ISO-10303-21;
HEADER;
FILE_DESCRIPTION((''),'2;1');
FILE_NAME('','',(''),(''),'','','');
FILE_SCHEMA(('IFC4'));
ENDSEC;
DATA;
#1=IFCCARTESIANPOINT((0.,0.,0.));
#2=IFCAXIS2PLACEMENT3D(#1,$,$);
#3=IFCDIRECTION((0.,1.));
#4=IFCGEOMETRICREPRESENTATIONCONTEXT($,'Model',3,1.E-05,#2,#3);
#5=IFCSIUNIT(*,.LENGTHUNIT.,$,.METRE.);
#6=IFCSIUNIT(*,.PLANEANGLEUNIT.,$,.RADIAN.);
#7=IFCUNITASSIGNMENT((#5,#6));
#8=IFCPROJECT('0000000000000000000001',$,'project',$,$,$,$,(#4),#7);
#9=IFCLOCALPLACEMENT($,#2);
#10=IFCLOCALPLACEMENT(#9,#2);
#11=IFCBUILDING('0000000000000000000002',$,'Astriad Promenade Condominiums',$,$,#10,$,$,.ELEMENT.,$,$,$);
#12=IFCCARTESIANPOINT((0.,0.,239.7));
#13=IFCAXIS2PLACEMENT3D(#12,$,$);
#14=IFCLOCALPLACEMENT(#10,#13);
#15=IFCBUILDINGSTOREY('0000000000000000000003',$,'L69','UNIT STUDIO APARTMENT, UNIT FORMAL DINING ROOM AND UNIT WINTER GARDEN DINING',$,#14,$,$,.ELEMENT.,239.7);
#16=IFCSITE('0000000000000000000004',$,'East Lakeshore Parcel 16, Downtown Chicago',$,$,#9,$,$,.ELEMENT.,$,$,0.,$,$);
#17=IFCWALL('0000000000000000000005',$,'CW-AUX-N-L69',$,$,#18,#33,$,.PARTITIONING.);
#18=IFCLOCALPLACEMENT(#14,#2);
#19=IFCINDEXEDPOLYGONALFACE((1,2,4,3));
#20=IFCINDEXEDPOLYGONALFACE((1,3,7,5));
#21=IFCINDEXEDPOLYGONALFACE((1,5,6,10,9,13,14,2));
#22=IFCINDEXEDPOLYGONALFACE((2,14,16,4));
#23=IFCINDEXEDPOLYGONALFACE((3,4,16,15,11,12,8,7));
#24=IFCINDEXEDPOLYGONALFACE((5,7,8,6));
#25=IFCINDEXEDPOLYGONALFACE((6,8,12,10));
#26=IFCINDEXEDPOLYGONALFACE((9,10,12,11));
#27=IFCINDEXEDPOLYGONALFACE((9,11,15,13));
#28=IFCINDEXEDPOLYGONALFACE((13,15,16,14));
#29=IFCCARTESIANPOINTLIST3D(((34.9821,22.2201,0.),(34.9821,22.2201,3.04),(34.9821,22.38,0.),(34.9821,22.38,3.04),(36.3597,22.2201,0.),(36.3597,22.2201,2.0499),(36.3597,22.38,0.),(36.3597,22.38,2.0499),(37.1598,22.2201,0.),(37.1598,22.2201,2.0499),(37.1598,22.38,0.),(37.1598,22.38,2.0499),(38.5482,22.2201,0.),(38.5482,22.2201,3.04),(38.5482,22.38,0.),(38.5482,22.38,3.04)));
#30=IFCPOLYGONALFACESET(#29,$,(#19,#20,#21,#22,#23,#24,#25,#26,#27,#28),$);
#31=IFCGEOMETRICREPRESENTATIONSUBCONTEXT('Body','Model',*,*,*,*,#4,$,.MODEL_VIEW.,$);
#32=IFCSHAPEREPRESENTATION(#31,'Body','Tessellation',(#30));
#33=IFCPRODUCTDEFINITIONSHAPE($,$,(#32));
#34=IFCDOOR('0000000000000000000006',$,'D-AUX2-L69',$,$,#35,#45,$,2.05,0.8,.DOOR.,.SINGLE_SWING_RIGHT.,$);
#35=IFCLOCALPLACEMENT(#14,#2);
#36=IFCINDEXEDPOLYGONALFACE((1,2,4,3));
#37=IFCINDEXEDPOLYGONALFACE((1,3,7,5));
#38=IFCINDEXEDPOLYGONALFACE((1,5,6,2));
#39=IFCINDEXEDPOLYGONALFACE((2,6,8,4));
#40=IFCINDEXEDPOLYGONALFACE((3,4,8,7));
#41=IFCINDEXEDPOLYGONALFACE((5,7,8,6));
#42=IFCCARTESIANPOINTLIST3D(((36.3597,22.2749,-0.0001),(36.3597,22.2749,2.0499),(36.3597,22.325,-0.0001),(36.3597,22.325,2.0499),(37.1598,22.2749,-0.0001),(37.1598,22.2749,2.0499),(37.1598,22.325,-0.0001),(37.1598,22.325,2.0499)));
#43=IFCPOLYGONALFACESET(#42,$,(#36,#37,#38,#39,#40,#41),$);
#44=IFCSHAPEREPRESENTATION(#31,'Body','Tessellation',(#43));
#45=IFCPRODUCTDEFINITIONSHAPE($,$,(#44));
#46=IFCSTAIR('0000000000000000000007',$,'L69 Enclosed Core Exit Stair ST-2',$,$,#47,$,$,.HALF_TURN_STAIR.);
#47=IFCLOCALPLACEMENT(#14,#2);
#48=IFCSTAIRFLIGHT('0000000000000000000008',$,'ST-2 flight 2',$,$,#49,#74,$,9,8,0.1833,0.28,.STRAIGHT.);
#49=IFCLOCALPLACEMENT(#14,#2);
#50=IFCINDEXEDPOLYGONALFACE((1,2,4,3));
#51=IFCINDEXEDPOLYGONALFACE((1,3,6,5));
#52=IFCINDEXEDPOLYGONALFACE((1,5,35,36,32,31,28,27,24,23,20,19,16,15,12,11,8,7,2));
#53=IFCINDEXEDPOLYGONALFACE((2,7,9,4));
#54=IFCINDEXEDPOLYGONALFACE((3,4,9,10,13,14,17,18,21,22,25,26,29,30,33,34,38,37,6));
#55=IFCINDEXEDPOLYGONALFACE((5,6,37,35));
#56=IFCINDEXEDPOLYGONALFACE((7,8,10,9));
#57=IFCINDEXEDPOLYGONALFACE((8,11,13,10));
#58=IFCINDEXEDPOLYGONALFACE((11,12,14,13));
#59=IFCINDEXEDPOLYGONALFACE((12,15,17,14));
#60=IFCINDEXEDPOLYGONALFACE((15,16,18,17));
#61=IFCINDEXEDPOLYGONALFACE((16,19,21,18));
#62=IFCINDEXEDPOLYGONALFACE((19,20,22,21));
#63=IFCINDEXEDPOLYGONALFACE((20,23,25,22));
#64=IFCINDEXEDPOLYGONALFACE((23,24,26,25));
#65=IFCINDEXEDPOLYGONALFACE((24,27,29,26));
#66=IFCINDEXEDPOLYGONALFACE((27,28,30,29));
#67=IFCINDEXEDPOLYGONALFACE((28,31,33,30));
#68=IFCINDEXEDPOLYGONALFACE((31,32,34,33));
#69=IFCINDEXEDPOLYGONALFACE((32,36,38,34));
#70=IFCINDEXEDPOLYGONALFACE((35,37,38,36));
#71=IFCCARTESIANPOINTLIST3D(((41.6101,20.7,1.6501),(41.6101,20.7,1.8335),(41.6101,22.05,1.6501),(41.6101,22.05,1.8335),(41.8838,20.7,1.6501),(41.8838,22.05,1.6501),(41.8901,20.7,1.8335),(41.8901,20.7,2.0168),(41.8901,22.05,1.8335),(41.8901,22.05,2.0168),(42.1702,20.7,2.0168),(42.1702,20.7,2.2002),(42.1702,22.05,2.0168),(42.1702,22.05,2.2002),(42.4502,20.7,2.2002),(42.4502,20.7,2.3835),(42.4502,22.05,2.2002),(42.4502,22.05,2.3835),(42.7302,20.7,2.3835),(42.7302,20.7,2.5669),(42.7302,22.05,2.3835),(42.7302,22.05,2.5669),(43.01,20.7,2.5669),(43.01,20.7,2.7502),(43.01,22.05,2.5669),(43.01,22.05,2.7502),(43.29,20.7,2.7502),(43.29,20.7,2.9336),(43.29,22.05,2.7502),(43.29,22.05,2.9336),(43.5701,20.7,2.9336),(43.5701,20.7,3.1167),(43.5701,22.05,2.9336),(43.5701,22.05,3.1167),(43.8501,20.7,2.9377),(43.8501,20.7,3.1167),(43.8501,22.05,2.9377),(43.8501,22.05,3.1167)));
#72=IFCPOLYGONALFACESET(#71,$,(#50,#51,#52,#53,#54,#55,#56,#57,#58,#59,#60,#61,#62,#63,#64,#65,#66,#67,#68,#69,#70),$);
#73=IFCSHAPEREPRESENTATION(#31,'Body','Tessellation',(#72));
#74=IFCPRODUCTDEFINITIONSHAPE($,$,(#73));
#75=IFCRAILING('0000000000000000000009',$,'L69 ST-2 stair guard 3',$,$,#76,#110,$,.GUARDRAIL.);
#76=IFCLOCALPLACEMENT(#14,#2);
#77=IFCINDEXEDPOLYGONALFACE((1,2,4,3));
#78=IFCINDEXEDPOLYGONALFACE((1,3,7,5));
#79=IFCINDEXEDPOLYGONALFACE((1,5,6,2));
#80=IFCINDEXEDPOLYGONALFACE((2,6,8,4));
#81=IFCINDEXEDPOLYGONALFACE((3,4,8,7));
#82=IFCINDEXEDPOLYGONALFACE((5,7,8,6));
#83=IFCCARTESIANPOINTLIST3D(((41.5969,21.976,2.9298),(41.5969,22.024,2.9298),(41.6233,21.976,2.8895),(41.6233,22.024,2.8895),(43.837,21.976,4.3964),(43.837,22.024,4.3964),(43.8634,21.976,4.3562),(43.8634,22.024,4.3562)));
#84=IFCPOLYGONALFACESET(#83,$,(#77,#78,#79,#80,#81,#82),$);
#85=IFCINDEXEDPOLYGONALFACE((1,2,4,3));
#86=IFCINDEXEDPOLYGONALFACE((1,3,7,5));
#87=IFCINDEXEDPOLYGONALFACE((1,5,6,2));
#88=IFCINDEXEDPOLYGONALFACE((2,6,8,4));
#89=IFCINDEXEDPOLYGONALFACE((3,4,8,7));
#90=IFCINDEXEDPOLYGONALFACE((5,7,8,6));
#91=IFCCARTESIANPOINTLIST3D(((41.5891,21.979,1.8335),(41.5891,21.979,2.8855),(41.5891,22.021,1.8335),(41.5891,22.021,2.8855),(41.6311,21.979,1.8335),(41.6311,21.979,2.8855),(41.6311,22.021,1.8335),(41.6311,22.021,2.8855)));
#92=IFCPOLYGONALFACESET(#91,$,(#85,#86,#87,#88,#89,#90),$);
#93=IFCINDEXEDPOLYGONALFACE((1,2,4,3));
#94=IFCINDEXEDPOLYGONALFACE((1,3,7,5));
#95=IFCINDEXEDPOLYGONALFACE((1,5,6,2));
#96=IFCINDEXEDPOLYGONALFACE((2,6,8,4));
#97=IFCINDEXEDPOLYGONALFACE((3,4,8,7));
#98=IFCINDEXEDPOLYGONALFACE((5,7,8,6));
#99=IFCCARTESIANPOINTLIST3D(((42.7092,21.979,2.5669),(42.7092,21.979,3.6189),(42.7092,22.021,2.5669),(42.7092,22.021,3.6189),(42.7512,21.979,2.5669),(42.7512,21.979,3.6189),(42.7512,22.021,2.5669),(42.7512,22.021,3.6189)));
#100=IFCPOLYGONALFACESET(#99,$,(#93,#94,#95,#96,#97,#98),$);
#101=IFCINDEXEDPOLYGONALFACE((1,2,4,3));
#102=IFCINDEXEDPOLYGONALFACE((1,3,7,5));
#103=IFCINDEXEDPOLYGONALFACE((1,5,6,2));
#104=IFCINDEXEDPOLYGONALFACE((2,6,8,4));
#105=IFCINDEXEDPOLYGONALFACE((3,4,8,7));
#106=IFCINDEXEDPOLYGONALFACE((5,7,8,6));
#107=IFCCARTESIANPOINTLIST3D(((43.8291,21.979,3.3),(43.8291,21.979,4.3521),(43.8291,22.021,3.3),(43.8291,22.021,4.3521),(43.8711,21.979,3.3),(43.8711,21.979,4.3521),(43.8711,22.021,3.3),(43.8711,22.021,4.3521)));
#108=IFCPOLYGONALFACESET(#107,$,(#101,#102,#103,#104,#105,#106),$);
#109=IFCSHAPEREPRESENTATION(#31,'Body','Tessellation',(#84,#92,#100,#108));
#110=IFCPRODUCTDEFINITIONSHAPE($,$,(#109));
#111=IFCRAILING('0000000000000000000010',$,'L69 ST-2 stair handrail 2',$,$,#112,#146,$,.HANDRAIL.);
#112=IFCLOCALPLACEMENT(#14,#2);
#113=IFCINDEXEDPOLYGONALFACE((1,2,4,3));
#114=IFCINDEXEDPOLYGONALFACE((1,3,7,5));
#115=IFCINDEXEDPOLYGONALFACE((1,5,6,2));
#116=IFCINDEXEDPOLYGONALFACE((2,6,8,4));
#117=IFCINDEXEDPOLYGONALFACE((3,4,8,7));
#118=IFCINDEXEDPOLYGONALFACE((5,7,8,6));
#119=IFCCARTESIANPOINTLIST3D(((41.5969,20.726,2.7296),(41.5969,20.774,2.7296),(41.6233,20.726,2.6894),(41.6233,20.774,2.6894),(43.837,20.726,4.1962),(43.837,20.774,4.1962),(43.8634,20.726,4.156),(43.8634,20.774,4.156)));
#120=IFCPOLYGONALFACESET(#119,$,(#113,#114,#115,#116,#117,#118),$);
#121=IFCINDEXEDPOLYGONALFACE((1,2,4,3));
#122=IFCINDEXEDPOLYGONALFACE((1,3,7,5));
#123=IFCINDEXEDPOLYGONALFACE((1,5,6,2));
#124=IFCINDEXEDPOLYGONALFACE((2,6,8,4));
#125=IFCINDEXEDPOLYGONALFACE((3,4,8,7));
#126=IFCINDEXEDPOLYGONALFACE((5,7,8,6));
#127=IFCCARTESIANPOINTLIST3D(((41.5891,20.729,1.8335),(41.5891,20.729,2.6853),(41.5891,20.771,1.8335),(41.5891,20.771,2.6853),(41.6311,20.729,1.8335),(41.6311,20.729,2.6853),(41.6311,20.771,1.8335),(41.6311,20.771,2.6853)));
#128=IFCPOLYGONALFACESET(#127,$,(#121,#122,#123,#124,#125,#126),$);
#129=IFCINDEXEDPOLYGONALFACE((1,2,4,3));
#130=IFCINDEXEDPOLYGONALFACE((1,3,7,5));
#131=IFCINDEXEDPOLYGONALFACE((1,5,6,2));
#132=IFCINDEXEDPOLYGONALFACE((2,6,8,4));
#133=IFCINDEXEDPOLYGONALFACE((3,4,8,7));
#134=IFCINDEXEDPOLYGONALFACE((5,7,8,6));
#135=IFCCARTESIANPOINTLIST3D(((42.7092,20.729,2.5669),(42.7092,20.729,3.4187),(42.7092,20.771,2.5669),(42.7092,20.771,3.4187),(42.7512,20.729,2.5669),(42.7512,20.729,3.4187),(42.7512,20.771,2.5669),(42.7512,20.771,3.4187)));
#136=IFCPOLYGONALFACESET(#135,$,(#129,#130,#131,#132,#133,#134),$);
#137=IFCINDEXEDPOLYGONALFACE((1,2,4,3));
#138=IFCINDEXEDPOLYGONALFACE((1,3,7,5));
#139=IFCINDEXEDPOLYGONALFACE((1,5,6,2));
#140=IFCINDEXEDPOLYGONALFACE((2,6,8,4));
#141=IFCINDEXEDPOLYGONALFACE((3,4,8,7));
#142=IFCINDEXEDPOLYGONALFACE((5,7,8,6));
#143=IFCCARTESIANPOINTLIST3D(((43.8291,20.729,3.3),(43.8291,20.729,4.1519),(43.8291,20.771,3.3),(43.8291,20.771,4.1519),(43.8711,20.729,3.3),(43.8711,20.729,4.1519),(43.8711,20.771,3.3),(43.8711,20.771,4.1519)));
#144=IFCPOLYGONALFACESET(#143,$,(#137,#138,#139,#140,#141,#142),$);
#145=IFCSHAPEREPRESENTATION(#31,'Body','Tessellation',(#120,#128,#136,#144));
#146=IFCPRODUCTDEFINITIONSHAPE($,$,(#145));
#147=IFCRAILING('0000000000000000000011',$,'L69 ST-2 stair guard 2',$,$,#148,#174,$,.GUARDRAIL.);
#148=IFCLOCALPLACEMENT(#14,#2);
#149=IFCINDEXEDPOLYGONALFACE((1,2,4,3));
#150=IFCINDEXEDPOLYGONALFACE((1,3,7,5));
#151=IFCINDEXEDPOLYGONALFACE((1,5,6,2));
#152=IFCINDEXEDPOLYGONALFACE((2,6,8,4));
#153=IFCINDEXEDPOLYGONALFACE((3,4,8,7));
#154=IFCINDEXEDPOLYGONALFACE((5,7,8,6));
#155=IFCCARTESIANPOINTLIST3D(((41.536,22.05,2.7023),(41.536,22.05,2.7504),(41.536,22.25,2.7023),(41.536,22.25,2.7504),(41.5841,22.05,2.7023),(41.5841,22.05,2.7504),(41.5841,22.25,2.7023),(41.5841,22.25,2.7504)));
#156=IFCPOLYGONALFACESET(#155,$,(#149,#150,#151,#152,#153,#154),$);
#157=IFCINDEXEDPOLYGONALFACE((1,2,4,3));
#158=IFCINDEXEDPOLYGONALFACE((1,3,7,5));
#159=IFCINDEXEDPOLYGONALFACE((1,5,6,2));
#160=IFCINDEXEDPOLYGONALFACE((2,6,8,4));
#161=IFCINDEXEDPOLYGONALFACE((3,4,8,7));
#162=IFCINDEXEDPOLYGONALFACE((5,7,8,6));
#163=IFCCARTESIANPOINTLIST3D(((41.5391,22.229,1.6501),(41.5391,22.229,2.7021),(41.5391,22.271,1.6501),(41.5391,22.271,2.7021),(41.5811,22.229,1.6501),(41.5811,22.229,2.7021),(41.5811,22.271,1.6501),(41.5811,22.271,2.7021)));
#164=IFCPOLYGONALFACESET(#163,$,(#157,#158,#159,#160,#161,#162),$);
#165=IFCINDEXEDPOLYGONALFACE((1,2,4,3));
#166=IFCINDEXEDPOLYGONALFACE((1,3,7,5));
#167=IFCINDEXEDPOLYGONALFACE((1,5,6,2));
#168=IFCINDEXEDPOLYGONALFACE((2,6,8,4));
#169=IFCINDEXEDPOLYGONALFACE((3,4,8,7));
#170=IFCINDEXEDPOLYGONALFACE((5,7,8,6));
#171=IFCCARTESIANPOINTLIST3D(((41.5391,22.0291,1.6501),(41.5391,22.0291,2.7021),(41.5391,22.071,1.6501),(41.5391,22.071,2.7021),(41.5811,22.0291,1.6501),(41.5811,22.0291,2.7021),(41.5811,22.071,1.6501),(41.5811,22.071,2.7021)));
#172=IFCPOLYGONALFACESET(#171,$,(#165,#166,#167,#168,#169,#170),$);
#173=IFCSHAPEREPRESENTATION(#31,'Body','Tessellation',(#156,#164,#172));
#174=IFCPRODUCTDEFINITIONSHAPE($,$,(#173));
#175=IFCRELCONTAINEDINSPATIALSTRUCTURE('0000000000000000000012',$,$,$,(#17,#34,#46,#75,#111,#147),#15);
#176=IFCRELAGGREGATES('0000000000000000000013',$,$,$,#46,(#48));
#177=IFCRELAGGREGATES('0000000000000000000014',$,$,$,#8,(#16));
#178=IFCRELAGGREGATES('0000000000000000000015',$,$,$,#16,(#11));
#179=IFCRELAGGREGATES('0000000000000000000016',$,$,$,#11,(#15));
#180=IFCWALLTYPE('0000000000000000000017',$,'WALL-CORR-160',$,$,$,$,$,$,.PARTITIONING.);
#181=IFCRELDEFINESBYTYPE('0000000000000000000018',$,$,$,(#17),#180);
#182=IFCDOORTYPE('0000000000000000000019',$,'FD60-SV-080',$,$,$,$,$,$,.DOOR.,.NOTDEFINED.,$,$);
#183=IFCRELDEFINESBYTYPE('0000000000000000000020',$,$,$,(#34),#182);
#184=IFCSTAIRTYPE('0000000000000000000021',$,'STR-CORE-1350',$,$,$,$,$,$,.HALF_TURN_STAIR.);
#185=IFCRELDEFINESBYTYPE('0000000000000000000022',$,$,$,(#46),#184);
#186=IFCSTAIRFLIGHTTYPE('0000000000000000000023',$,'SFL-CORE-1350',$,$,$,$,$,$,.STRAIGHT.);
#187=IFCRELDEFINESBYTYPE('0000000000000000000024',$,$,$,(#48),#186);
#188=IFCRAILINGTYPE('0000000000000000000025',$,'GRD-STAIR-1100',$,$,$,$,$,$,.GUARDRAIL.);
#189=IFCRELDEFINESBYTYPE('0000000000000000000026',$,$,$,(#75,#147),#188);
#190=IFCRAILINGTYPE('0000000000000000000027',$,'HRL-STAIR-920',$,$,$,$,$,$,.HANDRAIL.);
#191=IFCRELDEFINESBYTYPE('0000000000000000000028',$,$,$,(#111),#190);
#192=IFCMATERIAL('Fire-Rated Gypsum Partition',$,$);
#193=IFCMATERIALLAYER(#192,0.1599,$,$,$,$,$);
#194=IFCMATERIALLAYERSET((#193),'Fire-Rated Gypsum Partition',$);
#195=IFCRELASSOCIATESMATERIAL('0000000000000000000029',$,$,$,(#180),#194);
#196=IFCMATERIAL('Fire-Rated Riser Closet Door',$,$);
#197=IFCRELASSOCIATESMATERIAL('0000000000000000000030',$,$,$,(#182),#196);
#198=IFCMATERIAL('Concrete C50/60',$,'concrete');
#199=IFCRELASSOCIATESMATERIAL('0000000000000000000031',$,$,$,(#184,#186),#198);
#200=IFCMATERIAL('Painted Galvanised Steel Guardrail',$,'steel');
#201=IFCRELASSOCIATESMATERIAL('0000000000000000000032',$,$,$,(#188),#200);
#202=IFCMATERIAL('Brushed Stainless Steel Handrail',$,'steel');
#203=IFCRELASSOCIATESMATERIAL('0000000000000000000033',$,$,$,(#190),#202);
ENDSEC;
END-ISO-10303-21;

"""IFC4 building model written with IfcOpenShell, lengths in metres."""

from ifc_helpers import new_model, si_unit, direction, frame, frame_2d, origin, origin_2d, place, context, subcontext, project, spatial, polyline, rectangle, outline, extrude, source, transform, mapped, material, layer, layer_set, type_object, type_shapes, element, fill, aggregate, save


model = new_model("IFC4")

# Units and contexts
model_context = context("Model", 3, precision=1e-05, world=origin(), true_north=direction((0.0, 1.0)))
body_context = subcontext(model_context, "Body", "Model", "MODEL_VIEW")
ifc_project = project(units=[si_unit("LENGTHUNIT", "METRE"), si_unit("PLANEANGLEUNIT", "RADIAN")], contexts=[model_context])

# Site, building, storey
site_placement = place(None, origin())
site = spatial("IfcSite", under=ifc_project, at=site_placement, Name="East Lakeshore Parcel 16, Downtown Chicago", CompositionType="ELEMENT", RefElevation=0.0)
building_placement = place(site_placement, origin())
building = spatial("IfcBuilding", under=site, at=building_placement, Name="Astriad Promenade Condominiums", CompositionType="ELEMENT")
storey_placement = place(building_placement, frame((0.0, 0.0, 239.7)))
storey = spatial("IfcBuildingStorey", under=building, at=storey_placement, Name="L69", Description="UNIT STUDIO APARTMENT, UNIT FORMAL DINING ROOM AND UNIT WINTER GARDEN DINING", CompositionType="ELEMENT", Elevation=239.7)

# Shared definitions
ifc_material_1 = material(Name="Concrete C50/60", Category="concrete")

# Shared definitions
ifc_material_2 = material(Name="Fire-Rated Gypsum Partition")
ifc_layer_1 = layer(ifc_material_2, 0.1599)
ifc_layer_set_1 = layer_set([ifc_layer_1], Name="Fire-Rated Gypsum Partition")
wall_type_1 = type_object("IfcWallType", Name="WALL-CORR-160", PredefinedType="PARTITIONING", material=ifc_layer_set_1)

# Wall, opening, door
ifc_material_3 = material(Name="Fire-Rated Riser Closet Door")
door_type_1 = type_object("IfcDoorType", Name="FD60-SV-080", OperationType="NOTDEFINED", PredefinedType="DOOR", material=ifc_material_3)
shared_shape_1 = source(origin(), body_context, "Body", "SweptSolid", [
    extrude(rectangle(XDim=0.8, YDim=2.05, at=frame_2d((0.3999, 1.0249))), frame((0.0, 0.0249, 0.0), z_axis=(0.0, -1.0, 0.0), x_axis=(1.0, 0.0, 0.0)), (0.0, 0.0, 1.0), 0.05),
])
type_shapes(door_type_1, [shared_shape_1])
wall_1_placement = place(storey_placement, frame((34.9819, 22.3, 0.0), z_axis=(0.0, 0.0, 1.0), x_axis=(1.0, 0.0, 0.0)))
wall_1 = element("IfcWall", 1, at=wall_1_placement, inside=storey, type_object=wall_type_1, Name="CW-AUX-N-L69", PredefinedType="PARTITIONING", context=body_context, shape_type="SweptSolid", body=[
    extrude(rectangle(XDim=3.5662, YDim=0.1599, at=frame_2d((1.7832, 0.0))), origin(), (0.0, 0.0, 1.0), 3.04),
])
opening_1_placement = place(wall_1_placement, frame((1.3779, 0.0, 0.0)))
opening_1 = element("IfcOpeningElement", 2, at=opening_1_placement, cuts=wall_1, PredefinedType="OPENING", context=body_context, shape_type="SweptSolid", body=[
    extrude(rectangle(XDim=0.8, YDim=2.05, at=frame_2d((0.3999, 1.0249))), frame((0.0, 0.0898, 0.0), z_axis=(0.0, -1.0, 0.0), x_axis=(1.0, 0.0, 0.0)), (0.0, 0.0, 1.0), 0.1799),
])
door_1_placement = place(opening_1_placement, origin())
door_1 = element("IfcDoor", 3, at=door_1_placement, inside=storey, type_object=door_type_1, Name="D-AUX2-L69", OperationType="SINGLE_SWING_RIGHT", OverallHeight=2.05, OverallWidth=0.8, PredefinedType="DOOR", context=body_context, shape_type="MappedRepresentation", body=[
    mapped(shared_shape_1, transform((0.0, 0.0, 0.0), scale=1.0)),
])
fill(opening_1, door_1)

# Stair, stair flight
stair_type = type_object("IfcStairType", Name="STR-CORE-1350", PredefinedType="HALF_TURN_STAIR", material=ifc_material_1)
stair_placement = place(storey_placement, origin())
stair = element("IfcStair", 4, at=stair_placement, inside=storey, type_object=stair_type, Name="L69 Enclosed Core Exit Stair ST-2", PredefinedType="HALF_TURN_STAIR")
stair_flight_type = type_object("IfcStairFlightType", Name="SFL-CORE-1350", PredefinedType="STRAIGHT", material=ifc_material_1)
shared_shape_2 = source(origin(), body_context, "Body", "SweptSolid", [
    extrude(outline(polyline([(0.0, 0.0), (0.0, 0.1833), (0.28, 0.1833), (0.28, 0.3667), (0.5601, 0.3667), (0.5601, 0.55), (0.8401, 0.55), (0.8401, 0.7334), (1.1201, 0.7334), (1.1201, 0.9167), (1.3999, 0.9167), (1.3999, 1.1001), (1.6799, 1.1001), (1.6799, 1.2834), (1.96, 1.2834), (1.96, 1.4666), (2.24, 1.4666), (2.24, 1.6499), (2.24, 1.2876), (0.2737, 0.0), (0.0, 0.0)])), frame((0.0, 0.675, 0.0), z_axis=(0.0, -1.0, 0.0), x_axis=(1.0, 0.0, 0.0)), (0.0, 0.0, 1.0), 1.3501),
])
type_shapes(stair_flight_type, [shared_shape_2])
stair_flight_placement = place(storey_placement, frame((41.6101, 21.375, 1.6501), z_axis=(0.0, 0.0, 1.0), x_axis=(1.0, 0.0, 0.0)))
stair_flight = element("IfcStairFlight", 5, at=stair_flight_placement, type_object=stair_flight_type, Name="ST-2 flight 2", NumberOfRisers=9, NumberOfTreads=8, PredefinedType="STRAIGHT", RiserHeight=0.1833, TreadLength=0.28, context=body_context, shape_type="MappedRepresentation", body=[
    mapped(shared_shape_2, transform((0.0, 0.0, 0.0), scale=1.0)),
])
aggregate(stair, [stair_flight])

# Railings
ifc_material_4 = material(Name="Painted Galvanised Steel Guardrail", Category="steel")
railing_type_1 = type_object("IfcRailingType", Name="GRD-STAIR-1100", PredefinedType="GUARDRAIL", material=ifc_material_4)
shared_shape_3 = source(origin(), body_context, "Body", "SweptSolid", [
    extrude(rectangle(XDim=0.0481, YDim=0.0481, at=origin_2d()), frame((0.0, 0.0, 1.0762), z_axis=(0.836637, 0.0, 0.547758), x_axis=(0.0, 1.0, 0.0)), (0.0, 0.0, 1.0), 2.6775),
    extrude(rectangle(XDim=0.042, YDim=0.042, at=origin_2d()), origin(), (0.0, 0.0, 1.0), 1.052),
    extrude(rectangle(XDim=0.042, YDim=0.042, at=origin_2d()), frame((1.1201, 0.0, 0.7334)), (0.0, 0.0, 1.0), 1.052),
    extrude(rectangle(XDim=0.042, YDim=0.042, at=origin_2d()), frame((2.24, 0.0, 1.4666)), (0.0, 0.0, 1.0), 1.052),
])
railing_1_placement = place(storey_placement, frame((41.6101, 22.0, 1.8335)))
element("IfcRailing", 6, at=railing_1_placement, inside=storey, type_object=railing_type_1, Name="L69 ST-2 stair guard 3", PredefinedType="GUARDRAIL", context=body_context, shape_type="MappedRepresentation", body=[
    mapped(shared_shape_3, transform((0.0, 0.0, 0.0), scale=1.0)),
])
ifc_material_5 = material(Name="Brushed Stainless Steel Handrail", Category="steel")
railing_type_2 = type_object("IfcRailingType", Name="HRL-STAIR-920", PredefinedType="HANDRAIL", material=ifc_material_5)
shared_shape_4 = source(origin(), body_context, "Body", "SweptSolid", [
    extrude(rectangle(XDim=0.0481, YDim=0.0481, at=origin_2d()), frame((0.0, 0.0, 0.876), z_axis=(0.836637, 0.0, 0.547758), x_axis=(0.0, 1.0, 0.0)), (0.0, 0.0, 1.0), 2.6775),
    extrude(rectangle(XDim=0.042, YDim=0.042, at=origin_2d()), origin(), (0.0, 0.0, 1.0), 0.8518),
    extrude(rectangle(XDim=0.042, YDim=0.042, at=origin_2d()), frame((1.1201, 0.0, 0.7334)), (0.0, 0.0, 1.0), 0.8518),
    extrude(rectangle(XDim=0.042, YDim=0.042, at=origin_2d()), frame((2.24, 0.0, 1.4666)), (0.0, 0.0, 1.0), 0.8518),
])
type_shapes(railing_type_2, [shared_shape_4])
railing_2_placement = place(storey_placement, frame((41.6101, 20.75, 1.8335)))
element("IfcRailing", 7, at=railing_2_placement, inside=storey, type_object=railing_type_2, Name="L69 ST-2 stair handrail 2", PredefinedType="HANDRAIL", context=body_context, shape_type="MappedRepresentation", body=[
    mapped(shared_shape_4, transform((0.0, 0.0, 0.0), scale=1.0)),
])
shared_shape_5 = source(origin(), body_context, "Body", "SweptSolid", [
    extrude(rectangle(XDim=0.0481, YDim=0.0481, at=origin_2d()), frame((0.0, 0.0, 1.0762), z_axis=(0.0, -1.0, 0.0), x_axis=(1.0, 0.0, 0.0)), (0.0, 0.0, 1.0), 0.2),
    extrude(rectangle(XDim=0.042, YDim=0.042, at=origin_2d()), origin(), (0.0, 0.0, 1.0), 1.052),
    extrude(rectangle(XDim=0.042, YDim=0.042, at=origin_2d()), frame((0.0, -0.2, 0.0)), (0.0, 0.0, 1.0), 1.052),
])
type_shapes(railing_type_1, [shared_shape_3, shared_shape_5])
railing_3_placement = place(storey_placement, frame((41.5601, 22.25, 1.6501)))
element("IfcRailing", 8, at=railing_3_placement, inside=storey, type_object=railing_type_1, Name="L69 ST-2 stair guard 2", PredefinedType="GUARDRAIL", context=body_context, shape_type="MappedRepresentation", body=[
    mapped(shared_shape_5, transform((0.0, 0.0, 0.0), scale=1.0)),
])

save(model, "model.ifc")
